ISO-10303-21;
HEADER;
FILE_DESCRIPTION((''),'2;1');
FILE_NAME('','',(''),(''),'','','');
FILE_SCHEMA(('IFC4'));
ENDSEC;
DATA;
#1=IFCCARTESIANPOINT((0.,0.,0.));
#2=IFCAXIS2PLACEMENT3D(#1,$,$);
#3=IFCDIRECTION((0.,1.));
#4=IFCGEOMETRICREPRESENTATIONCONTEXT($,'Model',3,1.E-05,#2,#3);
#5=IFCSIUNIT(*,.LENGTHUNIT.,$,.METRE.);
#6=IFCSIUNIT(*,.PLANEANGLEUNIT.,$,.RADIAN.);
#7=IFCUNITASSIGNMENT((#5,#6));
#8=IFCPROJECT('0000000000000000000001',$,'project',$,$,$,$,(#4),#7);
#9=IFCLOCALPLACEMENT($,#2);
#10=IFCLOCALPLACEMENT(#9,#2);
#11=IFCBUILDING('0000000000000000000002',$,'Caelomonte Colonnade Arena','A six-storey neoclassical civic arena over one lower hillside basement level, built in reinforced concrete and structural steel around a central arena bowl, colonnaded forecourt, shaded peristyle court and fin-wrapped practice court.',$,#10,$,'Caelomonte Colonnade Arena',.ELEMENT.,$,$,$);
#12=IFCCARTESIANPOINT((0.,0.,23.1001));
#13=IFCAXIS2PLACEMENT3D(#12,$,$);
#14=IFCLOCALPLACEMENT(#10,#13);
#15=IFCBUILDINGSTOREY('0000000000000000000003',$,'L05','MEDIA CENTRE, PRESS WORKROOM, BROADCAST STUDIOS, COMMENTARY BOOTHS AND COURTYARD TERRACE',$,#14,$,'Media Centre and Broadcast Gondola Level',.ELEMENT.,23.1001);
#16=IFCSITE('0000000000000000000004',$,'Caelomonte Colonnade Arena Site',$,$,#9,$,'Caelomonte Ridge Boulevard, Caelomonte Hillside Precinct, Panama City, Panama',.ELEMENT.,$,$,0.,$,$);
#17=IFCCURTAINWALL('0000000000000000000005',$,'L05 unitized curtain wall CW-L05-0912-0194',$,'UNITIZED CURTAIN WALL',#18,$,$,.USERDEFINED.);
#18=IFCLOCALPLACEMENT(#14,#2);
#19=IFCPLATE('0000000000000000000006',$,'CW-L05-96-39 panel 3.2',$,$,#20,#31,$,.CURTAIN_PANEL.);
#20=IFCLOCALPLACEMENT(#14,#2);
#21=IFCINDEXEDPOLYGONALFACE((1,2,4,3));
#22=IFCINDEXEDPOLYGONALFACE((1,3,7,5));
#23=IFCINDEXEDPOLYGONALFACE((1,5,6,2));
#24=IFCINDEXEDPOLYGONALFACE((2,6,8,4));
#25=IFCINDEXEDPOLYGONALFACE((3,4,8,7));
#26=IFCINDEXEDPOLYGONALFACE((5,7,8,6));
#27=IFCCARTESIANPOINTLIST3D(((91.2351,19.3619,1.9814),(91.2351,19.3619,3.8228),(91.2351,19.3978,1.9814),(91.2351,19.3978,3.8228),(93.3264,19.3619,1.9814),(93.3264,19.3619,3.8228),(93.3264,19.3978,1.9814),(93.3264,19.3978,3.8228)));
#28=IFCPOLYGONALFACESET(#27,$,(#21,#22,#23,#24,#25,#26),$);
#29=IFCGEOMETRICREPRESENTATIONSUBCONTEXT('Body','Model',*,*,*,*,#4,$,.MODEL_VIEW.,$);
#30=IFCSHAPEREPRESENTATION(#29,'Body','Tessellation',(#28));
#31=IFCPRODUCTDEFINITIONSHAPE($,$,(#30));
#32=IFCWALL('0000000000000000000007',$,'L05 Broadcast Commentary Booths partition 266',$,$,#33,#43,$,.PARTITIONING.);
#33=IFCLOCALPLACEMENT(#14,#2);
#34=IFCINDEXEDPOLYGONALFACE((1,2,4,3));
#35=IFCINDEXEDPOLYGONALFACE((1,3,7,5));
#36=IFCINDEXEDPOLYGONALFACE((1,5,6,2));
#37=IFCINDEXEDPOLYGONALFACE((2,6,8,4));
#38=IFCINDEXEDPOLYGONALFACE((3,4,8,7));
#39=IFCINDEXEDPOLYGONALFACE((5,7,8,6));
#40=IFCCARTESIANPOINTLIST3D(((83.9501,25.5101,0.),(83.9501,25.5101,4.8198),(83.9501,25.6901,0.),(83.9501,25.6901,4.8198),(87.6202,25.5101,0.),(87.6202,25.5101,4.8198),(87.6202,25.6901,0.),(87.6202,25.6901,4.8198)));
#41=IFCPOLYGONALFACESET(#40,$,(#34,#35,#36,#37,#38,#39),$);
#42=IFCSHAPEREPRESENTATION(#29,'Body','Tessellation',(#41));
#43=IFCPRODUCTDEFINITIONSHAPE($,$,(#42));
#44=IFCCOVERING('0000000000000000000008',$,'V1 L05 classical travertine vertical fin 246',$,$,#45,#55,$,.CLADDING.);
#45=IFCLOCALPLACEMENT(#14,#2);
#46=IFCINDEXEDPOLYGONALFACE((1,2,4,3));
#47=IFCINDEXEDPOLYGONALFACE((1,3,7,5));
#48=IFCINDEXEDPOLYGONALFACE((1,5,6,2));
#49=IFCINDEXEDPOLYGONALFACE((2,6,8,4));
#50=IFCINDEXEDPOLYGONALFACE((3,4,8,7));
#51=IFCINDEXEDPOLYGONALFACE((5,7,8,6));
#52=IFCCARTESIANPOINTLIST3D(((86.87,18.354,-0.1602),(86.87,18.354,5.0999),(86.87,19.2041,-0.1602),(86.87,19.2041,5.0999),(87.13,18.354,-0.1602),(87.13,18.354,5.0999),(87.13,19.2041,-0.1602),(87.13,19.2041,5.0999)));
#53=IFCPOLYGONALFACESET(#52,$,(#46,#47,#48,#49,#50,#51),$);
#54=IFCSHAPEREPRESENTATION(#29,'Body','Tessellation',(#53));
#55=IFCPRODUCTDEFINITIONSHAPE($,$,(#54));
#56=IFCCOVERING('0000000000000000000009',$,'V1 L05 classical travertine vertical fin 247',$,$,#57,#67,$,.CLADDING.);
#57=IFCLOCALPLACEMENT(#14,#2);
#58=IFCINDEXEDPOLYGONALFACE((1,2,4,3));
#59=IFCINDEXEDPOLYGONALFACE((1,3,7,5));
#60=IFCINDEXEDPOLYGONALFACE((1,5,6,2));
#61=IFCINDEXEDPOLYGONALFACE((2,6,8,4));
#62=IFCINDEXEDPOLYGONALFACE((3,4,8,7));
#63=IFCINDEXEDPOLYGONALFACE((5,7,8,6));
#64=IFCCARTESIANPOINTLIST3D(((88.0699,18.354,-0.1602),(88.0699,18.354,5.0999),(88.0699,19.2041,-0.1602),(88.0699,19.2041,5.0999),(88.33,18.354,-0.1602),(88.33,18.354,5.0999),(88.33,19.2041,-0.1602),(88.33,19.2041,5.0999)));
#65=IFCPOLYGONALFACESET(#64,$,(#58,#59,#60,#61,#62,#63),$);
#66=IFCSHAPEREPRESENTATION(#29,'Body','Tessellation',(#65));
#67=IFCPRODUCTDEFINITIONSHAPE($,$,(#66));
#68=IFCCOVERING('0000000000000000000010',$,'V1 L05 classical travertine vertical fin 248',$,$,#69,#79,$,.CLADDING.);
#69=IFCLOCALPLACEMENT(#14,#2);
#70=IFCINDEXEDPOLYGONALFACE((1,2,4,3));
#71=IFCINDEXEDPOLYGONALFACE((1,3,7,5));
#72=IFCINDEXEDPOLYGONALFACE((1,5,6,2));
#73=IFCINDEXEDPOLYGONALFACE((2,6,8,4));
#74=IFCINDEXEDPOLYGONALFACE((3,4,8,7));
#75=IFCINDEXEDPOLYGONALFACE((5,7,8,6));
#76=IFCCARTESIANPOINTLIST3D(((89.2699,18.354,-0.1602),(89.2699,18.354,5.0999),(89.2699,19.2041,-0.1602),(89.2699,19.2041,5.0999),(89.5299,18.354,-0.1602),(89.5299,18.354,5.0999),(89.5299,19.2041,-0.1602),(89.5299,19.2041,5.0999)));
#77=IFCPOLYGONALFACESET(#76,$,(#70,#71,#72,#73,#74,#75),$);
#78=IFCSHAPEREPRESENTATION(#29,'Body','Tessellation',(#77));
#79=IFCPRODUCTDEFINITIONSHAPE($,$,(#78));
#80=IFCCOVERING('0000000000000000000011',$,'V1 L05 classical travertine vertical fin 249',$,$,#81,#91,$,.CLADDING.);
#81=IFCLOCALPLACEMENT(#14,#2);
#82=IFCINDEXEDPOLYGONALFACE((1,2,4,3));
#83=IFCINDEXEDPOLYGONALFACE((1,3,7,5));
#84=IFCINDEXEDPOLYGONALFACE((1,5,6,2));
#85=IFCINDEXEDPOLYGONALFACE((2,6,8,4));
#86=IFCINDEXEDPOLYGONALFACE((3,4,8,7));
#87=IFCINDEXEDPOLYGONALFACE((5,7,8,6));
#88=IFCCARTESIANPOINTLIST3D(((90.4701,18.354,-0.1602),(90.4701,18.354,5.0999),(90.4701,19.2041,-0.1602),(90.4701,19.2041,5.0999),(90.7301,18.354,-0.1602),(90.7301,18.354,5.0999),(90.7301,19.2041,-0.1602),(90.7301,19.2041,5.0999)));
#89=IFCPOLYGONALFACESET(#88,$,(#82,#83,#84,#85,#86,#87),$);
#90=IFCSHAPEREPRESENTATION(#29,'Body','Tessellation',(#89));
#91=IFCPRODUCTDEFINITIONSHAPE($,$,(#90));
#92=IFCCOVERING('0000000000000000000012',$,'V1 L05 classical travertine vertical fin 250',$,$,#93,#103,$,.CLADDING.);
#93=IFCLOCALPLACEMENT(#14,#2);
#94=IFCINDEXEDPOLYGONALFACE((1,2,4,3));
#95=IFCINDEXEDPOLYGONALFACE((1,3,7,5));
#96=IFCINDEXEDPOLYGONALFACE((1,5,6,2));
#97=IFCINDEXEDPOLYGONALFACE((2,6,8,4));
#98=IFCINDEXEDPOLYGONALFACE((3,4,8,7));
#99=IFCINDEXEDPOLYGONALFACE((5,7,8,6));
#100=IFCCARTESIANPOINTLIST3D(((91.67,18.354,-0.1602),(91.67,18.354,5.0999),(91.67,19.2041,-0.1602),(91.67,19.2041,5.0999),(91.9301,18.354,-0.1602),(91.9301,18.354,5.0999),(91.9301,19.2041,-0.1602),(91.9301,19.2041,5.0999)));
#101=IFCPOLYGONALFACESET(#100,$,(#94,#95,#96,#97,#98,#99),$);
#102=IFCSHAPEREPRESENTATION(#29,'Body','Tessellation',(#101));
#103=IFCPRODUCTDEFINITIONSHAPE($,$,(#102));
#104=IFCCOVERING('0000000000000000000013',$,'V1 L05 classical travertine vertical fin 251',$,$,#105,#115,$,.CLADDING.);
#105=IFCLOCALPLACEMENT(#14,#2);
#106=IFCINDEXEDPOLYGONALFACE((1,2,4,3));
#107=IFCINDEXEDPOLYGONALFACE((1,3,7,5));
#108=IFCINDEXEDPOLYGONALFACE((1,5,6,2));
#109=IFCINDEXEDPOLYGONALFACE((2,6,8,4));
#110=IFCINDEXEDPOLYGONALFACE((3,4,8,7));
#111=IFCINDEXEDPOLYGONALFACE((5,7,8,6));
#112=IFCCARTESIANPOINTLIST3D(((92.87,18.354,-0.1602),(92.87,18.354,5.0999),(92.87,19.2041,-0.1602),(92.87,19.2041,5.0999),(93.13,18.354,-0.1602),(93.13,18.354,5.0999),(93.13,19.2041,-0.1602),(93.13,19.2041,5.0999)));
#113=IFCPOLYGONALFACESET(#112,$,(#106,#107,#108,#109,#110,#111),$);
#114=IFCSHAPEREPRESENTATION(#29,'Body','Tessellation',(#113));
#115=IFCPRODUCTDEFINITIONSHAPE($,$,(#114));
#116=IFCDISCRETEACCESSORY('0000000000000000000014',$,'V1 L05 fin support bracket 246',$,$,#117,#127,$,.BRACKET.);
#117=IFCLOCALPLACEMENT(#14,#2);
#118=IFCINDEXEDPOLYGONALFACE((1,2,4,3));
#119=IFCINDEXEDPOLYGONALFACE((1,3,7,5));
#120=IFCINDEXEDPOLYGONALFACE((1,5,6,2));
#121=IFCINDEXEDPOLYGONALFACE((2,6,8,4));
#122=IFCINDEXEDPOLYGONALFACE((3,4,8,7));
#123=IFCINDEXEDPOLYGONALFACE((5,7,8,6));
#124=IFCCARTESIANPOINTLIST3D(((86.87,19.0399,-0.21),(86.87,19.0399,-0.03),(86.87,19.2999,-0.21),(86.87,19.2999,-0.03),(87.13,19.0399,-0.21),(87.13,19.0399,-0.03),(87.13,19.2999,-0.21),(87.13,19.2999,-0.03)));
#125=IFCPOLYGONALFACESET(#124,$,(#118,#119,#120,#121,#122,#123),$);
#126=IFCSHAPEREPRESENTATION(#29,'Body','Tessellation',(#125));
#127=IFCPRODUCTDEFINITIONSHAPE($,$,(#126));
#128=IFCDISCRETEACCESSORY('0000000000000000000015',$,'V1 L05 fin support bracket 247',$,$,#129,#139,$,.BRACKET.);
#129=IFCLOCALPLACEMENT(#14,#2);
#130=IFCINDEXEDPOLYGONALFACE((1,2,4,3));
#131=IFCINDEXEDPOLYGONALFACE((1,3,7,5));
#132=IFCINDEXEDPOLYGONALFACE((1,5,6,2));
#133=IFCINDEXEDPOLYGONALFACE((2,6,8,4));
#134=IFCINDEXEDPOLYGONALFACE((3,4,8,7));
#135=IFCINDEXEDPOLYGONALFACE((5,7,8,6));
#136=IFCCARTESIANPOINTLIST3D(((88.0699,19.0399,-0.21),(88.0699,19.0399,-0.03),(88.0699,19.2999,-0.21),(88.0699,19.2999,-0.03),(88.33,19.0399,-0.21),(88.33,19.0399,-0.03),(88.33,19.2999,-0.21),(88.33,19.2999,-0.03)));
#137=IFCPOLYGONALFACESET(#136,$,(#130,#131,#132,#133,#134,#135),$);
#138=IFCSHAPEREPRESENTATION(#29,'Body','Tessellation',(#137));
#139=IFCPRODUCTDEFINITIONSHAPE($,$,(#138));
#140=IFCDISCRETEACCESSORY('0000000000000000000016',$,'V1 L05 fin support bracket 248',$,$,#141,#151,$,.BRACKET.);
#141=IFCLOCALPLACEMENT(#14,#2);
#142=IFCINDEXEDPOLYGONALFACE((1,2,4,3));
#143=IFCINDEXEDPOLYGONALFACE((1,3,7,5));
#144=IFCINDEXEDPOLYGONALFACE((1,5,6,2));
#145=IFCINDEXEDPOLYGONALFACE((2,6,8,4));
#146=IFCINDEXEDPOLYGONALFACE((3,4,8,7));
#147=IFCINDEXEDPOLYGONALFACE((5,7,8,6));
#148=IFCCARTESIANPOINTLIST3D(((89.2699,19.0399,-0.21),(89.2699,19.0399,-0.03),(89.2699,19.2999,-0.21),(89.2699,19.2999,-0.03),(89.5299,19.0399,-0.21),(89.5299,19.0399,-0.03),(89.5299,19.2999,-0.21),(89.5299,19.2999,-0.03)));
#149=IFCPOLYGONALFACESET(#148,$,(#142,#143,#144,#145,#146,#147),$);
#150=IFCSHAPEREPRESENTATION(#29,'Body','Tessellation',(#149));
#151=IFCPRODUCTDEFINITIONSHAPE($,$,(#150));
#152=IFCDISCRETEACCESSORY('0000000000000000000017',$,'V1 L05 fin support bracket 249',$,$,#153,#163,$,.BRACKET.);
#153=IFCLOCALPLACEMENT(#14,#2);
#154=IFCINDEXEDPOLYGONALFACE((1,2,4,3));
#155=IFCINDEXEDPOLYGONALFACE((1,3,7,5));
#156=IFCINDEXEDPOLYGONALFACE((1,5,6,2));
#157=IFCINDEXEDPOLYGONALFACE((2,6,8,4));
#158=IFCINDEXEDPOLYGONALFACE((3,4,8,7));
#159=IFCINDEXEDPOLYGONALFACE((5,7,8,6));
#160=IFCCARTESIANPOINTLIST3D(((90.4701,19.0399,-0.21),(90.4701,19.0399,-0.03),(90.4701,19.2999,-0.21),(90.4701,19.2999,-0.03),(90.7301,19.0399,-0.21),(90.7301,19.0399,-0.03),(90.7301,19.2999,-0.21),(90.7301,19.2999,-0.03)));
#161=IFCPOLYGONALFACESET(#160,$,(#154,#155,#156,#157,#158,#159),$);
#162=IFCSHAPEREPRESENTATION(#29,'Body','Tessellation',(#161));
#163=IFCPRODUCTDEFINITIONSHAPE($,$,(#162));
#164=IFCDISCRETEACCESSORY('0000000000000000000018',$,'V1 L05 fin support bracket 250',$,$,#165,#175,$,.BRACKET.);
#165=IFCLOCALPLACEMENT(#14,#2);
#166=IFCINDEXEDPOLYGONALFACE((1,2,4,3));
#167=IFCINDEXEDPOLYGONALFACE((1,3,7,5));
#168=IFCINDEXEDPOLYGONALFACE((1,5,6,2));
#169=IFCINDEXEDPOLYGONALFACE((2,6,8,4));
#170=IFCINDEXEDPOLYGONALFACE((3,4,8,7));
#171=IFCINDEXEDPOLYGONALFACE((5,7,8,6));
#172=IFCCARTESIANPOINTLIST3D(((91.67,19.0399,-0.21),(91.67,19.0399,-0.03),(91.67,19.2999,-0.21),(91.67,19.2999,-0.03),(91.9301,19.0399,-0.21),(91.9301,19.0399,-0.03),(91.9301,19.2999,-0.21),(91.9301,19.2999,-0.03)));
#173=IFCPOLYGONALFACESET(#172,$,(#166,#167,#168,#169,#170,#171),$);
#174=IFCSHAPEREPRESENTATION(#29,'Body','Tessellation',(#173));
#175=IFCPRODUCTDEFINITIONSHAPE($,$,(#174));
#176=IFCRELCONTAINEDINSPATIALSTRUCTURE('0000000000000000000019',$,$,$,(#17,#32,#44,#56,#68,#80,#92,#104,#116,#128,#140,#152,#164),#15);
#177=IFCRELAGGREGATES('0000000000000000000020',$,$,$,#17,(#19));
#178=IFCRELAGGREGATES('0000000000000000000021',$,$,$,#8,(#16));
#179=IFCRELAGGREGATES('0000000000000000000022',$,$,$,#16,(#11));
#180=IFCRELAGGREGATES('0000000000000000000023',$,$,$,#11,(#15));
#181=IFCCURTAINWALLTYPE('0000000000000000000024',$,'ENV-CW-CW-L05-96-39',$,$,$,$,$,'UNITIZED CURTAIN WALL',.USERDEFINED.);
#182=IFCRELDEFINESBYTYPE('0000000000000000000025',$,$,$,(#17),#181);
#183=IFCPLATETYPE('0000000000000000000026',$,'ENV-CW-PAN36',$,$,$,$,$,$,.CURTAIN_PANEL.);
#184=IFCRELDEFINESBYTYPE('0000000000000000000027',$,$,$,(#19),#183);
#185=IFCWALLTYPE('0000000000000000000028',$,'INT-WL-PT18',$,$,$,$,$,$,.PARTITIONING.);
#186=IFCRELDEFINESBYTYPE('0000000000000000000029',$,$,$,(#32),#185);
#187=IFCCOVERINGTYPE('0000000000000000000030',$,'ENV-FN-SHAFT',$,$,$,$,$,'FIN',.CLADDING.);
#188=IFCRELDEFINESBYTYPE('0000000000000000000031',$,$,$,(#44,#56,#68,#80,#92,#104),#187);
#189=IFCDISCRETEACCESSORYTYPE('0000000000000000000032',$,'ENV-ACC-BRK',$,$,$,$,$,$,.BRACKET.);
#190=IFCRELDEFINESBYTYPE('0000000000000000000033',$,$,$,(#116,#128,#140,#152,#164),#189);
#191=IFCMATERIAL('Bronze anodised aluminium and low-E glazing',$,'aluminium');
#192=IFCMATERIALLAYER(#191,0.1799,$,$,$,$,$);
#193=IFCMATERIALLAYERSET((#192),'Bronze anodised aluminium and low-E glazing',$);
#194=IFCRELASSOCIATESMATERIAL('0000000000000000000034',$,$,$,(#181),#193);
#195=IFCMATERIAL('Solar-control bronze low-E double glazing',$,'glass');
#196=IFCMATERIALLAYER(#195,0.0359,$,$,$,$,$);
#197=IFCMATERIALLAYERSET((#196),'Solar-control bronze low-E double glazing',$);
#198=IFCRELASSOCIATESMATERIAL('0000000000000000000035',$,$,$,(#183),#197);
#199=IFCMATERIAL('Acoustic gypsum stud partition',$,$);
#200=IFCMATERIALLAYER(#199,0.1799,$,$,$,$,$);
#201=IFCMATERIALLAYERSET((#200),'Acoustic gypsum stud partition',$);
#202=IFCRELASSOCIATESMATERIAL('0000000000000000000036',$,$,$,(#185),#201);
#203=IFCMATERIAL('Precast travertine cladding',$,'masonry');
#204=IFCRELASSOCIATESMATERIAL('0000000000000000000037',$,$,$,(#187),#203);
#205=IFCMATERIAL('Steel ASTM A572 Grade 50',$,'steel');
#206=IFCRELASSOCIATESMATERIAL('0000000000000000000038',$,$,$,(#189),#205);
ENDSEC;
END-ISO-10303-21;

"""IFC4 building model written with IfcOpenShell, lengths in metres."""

from ifc_helpers import new_model, si_unit, direction, frame, frame_2d, origin, origin_2d, place, context, subcontext, project, spatial, rectangle, extrude, material, layer, layer_set, material_profile, profile_set, type_object, element, aggregate, save


model = new_model("IFC4")

# Units and contexts
model_context = context("Model", 3, precision=1e-05, world=origin(), true_north=direction((0.0, 1.0)))
body_context = subcontext(model_context, "Body", "Model", "MODEL_VIEW")
ifc_project = project(units=[si_unit("LENGTHUNIT", "METRE"), si_unit("PLANEANGLEUNIT", "RADIAN")], contexts=[model_context])

# Site, building, storey
site_placement = place(None, origin())
site = spatial("IfcSite", under=ifc_project, at=site_placement, Name="Caelomonte Colonnade Arena Site", LongName="Caelomonte Ridge Boulevard, Caelomonte Hillside Precinct, Panama City, Panama", CompositionType="ELEMENT", RefElevation=0.0)
building_placement = place(site_placement, origin())
building = spatial("IfcBuilding", under=site, at=building_placement, Name="Caelomonte Colonnade Arena", Description="A six-storey neoclassical civic arena over one lower hillside basement level, built in reinforced concrete and structural steel around a central arena bowl, colonnaded forecourt, shaded peristyle court and fin-wrapped practice court.", LongName="Caelomonte Colonnade Arena", CompositionType="ELEMENT")
storey_placement = place(building_placement, frame((0.0, 0.0, 23.1001)))
storey = spatial("IfcBuildingStorey", under=building, at=storey_placement, Name="L05", Description="MEDIA CENTRE, PRESS WORKROOM, BROADCAST STUDIOS, COMMENTARY BOOTHS AND COURTYARD TERRACE", LongName="Media Centre and Broadcast Gondola Level", CompositionType="ELEMENT", Elevation=23.1001)

# Curtain wall, plate
ifc_material_1 = material(Name="Bronze anodised aluminium and low-E glazing", Category="aluminium")
ifc_layer_1 = layer(ifc_material_1, 0.1799)
ifc_layer_set_1 = layer_set([ifc_layer_1], Name="Bronze anodised aluminium and low-E glazing")
curtain_wall_type = type_object("IfcCurtainWallType", Name="ENV-CW-CW-L05-96-39", ElementType="UNITIZED CURTAIN WALL", PredefinedType="USERDEFINED", material=ifc_layer_set_1)
curtain_wall_placement = place(storey_placement, origin())
curtain_wall = element("IfcCurtainWall", 1, at=curtain_wall_placement, inside=storey, type_object=curtain_wall_type, Name="L05 unitized curtain wall CW-L05-0912-0194", ObjectType="UNITIZED CURTAIN WALL", PredefinedType="USERDEFINED")
ifc_material_2 = material(Name="Solar-control bronze low-E double glazing", Category="glass")
ifc_layer_2 = layer(ifc_material_2, 0.0359)
ifc_layer_set_2 = layer_set([ifc_layer_2], Name="Solar-control bronze low-E double glazing")
plate_type = type_object("IfcPlateType", Name="ENV-CW-PAN36", PredefinedType="CURTAIN_PANEL", material=ifc_layer_set_2)
plate_1_placement = place(storey_placement, frame((92.2808, 19.3799, 1.9814), z_axis=(0.0, 0.0, 1.0), x_axis=(1.0, 0.0, 0.0)))
plate_1 = element("IfcPlate", 2, at=plate_1_placement, type_object=plate_type, Name="CW-L05-96-39 panel 3.2", PredefinedType="CURTAIN_PANEL", context=body_context, shape_type="SweptSolid", body=[
    extrude(rectangle(XDim=2.0913, YDim=0.0359, at=origin_2d()), origin(), (0.0, 0.0, 1.0), 1.8413),
])
aggregate(curtain_wall, [plate_1])

# Wall
ifc_material_3 = material(Name="Acoustic gypsum stud partition")
ifc_layer_3 = layer(ifc_material_3, 0.1799)
ifc_layer_set_3 = layer_set([ifc_layer_3], Name="Acoustic gypsum stud partition")
wall_type = type_object("IfcWallType", Name="INT-WL-PT18", PredefinedType="PARTITIONING", material=ifc_layer_set_3)
wall_placement = place(storey_placement, frame((87.6201, 25.6001, 0.0), z_axis=(0.0, 0.0, 1.0), x_axis=(-1.0, 0.0, 0.0)))
element("IfcWall", 3, at=wall_placement, inside=storey, type_object=wall_type, Name="L05 Broadcast Commentary Booths partition 266", PredefinedType="PARTITIONING", context=body_context, shape_type="SweptSolid", body=[
    extrude(rectangle(XDim=3.6702, YDim=0.1799, at=frame_2d((1.835, 0.0))), origin(), (0.0, 0.0, 1.0), 4.8198),
])

# Coverings
ifc_material_4 = material(Name="Precast travertine cladding", Category="masonry")
ifc_material_profile_1 = material_profile(ifc_material_4, rectangle(XDim=0.26, YDim=0.8501, at=origin_2d()), Name="FIN260X850")
ifc_profile_set_1 = profile_set([ifc_material_profile_1], Name="Precast travertine cladding")
covering_type = type_object("IfcCoveringType", Name="ENV-FN-SHAFT", ElementType="FIN", PredefinedType="CLADDING", material=ifc_profile_set_1)
for number, where, z_axis, x_axis, name in (
    (4, (87.0, 18.7791, -0.1602), (0.0, 0.0, 1.0), (-1.0, 0.0, 0.0), "V1 L05 classical travertine vertical fin 246"),
    (5, (88.2, 18.7791, -0.1602), (0.0, 0.0, 1.0), (-1.0, 0.0, 0.0), "V1 L05 classical travertine vertical fin 247"),
    (6, (89.3999, 18.7791, -0.1602), (0.0, 0.0, 1.0), (-1.0, 0.0, 0.0), "V1 L05 classical travertine vertical fin 248"),
    (7, (90.6001, 18.7791, -0.1602), (0.0, 0.0, 1.0), (-1.0, 0.0, 0.0), "V1 L05 classical travertine vertical fin 249"),
    (8, (91.8, 18.7791, -0.1602), (0.0, 0.0, 1.0), (-1.0, 0.0, 0.0), "V1 L05 classical travertine vertical fin 250"),
    (9, (93.0, 18.7791, -0.1602), (0.0, 0.0, 1.0), (-1.0, 0.0, 0.0), "V1 L05 classical travertine vertical fin 251"),
):
    element("IfcCovering", number, at=place(storey_placement, frame(where, z_axis=z_axis, x_axis=x_axis)), inside=storey, type_object=covering_type, Name=name, PredefinedType="CLADDING", context=body_context, shape_type="SweptSolid", body=[
        extrude(rectangle(XDim=0.26, YDim=0.8501, at=origin_2d()), origin(), (0.0, 0.0, 1.0), 5.26),
    ])

# Discrete accessories
ifc_material_5 = material(Name="Steel ASTM A572 Grade 50", Category="steel")
discrete_accessory_type = type_object("IfcDiscreteAccessoryType", Name="ENV-ACC-BRK", PredefinedType="BRACKET", material=ifc_material_5)
for number, where, z_axis, x_axis, name in (
    (10, (87.0, 19.1699, -0.21), (0.0, 0.0, 1.0), (1.0, 0.0, 0.0), "V1 L05 fin support bracket 246"),
    (11, (88.2, 19.1699, -0.21), (0.0, 0.0, 1.0), (1.0, 0.0, 0.0), "V1 L05 fin support bracket 247"),
    (12, (89.3999, 19.1699, -0.21), (0.0, 0.0, 1.0), (1.0, 0.0, 0.0), "V1 L05 fin support bracket 248"),
    (13, (90.6001, 19.1699, -0.21), (0.0, 0.0, 1.0), (1.0, 0.0, 0.0), "V1 L05 fin support bracket 249"),
    (14, (91.8, 19.1699, -0.21), (0.0, 0.0, 1.0), (1.0, 0.0, 0.0), "V1 L05 fin support bracket 250"),
):
    element("IfcDiscreteAccessory", number, at=place(storey_placement, frame(where, z_axis=z_axis, x_axis=x_axis)), inside=storey, type_object=discrete_accessory_type, Name=name, PredefinedType="BRACKET", context=body_context, shape_type="SweptSolid", body=[
        extrude(rectangle(XDim=0.26, YDim=0.26, at=origin_2d()), origin(), (0.0, 0.0, 1.0), 0.1799),
    ])

save(model, "model.ifc")
